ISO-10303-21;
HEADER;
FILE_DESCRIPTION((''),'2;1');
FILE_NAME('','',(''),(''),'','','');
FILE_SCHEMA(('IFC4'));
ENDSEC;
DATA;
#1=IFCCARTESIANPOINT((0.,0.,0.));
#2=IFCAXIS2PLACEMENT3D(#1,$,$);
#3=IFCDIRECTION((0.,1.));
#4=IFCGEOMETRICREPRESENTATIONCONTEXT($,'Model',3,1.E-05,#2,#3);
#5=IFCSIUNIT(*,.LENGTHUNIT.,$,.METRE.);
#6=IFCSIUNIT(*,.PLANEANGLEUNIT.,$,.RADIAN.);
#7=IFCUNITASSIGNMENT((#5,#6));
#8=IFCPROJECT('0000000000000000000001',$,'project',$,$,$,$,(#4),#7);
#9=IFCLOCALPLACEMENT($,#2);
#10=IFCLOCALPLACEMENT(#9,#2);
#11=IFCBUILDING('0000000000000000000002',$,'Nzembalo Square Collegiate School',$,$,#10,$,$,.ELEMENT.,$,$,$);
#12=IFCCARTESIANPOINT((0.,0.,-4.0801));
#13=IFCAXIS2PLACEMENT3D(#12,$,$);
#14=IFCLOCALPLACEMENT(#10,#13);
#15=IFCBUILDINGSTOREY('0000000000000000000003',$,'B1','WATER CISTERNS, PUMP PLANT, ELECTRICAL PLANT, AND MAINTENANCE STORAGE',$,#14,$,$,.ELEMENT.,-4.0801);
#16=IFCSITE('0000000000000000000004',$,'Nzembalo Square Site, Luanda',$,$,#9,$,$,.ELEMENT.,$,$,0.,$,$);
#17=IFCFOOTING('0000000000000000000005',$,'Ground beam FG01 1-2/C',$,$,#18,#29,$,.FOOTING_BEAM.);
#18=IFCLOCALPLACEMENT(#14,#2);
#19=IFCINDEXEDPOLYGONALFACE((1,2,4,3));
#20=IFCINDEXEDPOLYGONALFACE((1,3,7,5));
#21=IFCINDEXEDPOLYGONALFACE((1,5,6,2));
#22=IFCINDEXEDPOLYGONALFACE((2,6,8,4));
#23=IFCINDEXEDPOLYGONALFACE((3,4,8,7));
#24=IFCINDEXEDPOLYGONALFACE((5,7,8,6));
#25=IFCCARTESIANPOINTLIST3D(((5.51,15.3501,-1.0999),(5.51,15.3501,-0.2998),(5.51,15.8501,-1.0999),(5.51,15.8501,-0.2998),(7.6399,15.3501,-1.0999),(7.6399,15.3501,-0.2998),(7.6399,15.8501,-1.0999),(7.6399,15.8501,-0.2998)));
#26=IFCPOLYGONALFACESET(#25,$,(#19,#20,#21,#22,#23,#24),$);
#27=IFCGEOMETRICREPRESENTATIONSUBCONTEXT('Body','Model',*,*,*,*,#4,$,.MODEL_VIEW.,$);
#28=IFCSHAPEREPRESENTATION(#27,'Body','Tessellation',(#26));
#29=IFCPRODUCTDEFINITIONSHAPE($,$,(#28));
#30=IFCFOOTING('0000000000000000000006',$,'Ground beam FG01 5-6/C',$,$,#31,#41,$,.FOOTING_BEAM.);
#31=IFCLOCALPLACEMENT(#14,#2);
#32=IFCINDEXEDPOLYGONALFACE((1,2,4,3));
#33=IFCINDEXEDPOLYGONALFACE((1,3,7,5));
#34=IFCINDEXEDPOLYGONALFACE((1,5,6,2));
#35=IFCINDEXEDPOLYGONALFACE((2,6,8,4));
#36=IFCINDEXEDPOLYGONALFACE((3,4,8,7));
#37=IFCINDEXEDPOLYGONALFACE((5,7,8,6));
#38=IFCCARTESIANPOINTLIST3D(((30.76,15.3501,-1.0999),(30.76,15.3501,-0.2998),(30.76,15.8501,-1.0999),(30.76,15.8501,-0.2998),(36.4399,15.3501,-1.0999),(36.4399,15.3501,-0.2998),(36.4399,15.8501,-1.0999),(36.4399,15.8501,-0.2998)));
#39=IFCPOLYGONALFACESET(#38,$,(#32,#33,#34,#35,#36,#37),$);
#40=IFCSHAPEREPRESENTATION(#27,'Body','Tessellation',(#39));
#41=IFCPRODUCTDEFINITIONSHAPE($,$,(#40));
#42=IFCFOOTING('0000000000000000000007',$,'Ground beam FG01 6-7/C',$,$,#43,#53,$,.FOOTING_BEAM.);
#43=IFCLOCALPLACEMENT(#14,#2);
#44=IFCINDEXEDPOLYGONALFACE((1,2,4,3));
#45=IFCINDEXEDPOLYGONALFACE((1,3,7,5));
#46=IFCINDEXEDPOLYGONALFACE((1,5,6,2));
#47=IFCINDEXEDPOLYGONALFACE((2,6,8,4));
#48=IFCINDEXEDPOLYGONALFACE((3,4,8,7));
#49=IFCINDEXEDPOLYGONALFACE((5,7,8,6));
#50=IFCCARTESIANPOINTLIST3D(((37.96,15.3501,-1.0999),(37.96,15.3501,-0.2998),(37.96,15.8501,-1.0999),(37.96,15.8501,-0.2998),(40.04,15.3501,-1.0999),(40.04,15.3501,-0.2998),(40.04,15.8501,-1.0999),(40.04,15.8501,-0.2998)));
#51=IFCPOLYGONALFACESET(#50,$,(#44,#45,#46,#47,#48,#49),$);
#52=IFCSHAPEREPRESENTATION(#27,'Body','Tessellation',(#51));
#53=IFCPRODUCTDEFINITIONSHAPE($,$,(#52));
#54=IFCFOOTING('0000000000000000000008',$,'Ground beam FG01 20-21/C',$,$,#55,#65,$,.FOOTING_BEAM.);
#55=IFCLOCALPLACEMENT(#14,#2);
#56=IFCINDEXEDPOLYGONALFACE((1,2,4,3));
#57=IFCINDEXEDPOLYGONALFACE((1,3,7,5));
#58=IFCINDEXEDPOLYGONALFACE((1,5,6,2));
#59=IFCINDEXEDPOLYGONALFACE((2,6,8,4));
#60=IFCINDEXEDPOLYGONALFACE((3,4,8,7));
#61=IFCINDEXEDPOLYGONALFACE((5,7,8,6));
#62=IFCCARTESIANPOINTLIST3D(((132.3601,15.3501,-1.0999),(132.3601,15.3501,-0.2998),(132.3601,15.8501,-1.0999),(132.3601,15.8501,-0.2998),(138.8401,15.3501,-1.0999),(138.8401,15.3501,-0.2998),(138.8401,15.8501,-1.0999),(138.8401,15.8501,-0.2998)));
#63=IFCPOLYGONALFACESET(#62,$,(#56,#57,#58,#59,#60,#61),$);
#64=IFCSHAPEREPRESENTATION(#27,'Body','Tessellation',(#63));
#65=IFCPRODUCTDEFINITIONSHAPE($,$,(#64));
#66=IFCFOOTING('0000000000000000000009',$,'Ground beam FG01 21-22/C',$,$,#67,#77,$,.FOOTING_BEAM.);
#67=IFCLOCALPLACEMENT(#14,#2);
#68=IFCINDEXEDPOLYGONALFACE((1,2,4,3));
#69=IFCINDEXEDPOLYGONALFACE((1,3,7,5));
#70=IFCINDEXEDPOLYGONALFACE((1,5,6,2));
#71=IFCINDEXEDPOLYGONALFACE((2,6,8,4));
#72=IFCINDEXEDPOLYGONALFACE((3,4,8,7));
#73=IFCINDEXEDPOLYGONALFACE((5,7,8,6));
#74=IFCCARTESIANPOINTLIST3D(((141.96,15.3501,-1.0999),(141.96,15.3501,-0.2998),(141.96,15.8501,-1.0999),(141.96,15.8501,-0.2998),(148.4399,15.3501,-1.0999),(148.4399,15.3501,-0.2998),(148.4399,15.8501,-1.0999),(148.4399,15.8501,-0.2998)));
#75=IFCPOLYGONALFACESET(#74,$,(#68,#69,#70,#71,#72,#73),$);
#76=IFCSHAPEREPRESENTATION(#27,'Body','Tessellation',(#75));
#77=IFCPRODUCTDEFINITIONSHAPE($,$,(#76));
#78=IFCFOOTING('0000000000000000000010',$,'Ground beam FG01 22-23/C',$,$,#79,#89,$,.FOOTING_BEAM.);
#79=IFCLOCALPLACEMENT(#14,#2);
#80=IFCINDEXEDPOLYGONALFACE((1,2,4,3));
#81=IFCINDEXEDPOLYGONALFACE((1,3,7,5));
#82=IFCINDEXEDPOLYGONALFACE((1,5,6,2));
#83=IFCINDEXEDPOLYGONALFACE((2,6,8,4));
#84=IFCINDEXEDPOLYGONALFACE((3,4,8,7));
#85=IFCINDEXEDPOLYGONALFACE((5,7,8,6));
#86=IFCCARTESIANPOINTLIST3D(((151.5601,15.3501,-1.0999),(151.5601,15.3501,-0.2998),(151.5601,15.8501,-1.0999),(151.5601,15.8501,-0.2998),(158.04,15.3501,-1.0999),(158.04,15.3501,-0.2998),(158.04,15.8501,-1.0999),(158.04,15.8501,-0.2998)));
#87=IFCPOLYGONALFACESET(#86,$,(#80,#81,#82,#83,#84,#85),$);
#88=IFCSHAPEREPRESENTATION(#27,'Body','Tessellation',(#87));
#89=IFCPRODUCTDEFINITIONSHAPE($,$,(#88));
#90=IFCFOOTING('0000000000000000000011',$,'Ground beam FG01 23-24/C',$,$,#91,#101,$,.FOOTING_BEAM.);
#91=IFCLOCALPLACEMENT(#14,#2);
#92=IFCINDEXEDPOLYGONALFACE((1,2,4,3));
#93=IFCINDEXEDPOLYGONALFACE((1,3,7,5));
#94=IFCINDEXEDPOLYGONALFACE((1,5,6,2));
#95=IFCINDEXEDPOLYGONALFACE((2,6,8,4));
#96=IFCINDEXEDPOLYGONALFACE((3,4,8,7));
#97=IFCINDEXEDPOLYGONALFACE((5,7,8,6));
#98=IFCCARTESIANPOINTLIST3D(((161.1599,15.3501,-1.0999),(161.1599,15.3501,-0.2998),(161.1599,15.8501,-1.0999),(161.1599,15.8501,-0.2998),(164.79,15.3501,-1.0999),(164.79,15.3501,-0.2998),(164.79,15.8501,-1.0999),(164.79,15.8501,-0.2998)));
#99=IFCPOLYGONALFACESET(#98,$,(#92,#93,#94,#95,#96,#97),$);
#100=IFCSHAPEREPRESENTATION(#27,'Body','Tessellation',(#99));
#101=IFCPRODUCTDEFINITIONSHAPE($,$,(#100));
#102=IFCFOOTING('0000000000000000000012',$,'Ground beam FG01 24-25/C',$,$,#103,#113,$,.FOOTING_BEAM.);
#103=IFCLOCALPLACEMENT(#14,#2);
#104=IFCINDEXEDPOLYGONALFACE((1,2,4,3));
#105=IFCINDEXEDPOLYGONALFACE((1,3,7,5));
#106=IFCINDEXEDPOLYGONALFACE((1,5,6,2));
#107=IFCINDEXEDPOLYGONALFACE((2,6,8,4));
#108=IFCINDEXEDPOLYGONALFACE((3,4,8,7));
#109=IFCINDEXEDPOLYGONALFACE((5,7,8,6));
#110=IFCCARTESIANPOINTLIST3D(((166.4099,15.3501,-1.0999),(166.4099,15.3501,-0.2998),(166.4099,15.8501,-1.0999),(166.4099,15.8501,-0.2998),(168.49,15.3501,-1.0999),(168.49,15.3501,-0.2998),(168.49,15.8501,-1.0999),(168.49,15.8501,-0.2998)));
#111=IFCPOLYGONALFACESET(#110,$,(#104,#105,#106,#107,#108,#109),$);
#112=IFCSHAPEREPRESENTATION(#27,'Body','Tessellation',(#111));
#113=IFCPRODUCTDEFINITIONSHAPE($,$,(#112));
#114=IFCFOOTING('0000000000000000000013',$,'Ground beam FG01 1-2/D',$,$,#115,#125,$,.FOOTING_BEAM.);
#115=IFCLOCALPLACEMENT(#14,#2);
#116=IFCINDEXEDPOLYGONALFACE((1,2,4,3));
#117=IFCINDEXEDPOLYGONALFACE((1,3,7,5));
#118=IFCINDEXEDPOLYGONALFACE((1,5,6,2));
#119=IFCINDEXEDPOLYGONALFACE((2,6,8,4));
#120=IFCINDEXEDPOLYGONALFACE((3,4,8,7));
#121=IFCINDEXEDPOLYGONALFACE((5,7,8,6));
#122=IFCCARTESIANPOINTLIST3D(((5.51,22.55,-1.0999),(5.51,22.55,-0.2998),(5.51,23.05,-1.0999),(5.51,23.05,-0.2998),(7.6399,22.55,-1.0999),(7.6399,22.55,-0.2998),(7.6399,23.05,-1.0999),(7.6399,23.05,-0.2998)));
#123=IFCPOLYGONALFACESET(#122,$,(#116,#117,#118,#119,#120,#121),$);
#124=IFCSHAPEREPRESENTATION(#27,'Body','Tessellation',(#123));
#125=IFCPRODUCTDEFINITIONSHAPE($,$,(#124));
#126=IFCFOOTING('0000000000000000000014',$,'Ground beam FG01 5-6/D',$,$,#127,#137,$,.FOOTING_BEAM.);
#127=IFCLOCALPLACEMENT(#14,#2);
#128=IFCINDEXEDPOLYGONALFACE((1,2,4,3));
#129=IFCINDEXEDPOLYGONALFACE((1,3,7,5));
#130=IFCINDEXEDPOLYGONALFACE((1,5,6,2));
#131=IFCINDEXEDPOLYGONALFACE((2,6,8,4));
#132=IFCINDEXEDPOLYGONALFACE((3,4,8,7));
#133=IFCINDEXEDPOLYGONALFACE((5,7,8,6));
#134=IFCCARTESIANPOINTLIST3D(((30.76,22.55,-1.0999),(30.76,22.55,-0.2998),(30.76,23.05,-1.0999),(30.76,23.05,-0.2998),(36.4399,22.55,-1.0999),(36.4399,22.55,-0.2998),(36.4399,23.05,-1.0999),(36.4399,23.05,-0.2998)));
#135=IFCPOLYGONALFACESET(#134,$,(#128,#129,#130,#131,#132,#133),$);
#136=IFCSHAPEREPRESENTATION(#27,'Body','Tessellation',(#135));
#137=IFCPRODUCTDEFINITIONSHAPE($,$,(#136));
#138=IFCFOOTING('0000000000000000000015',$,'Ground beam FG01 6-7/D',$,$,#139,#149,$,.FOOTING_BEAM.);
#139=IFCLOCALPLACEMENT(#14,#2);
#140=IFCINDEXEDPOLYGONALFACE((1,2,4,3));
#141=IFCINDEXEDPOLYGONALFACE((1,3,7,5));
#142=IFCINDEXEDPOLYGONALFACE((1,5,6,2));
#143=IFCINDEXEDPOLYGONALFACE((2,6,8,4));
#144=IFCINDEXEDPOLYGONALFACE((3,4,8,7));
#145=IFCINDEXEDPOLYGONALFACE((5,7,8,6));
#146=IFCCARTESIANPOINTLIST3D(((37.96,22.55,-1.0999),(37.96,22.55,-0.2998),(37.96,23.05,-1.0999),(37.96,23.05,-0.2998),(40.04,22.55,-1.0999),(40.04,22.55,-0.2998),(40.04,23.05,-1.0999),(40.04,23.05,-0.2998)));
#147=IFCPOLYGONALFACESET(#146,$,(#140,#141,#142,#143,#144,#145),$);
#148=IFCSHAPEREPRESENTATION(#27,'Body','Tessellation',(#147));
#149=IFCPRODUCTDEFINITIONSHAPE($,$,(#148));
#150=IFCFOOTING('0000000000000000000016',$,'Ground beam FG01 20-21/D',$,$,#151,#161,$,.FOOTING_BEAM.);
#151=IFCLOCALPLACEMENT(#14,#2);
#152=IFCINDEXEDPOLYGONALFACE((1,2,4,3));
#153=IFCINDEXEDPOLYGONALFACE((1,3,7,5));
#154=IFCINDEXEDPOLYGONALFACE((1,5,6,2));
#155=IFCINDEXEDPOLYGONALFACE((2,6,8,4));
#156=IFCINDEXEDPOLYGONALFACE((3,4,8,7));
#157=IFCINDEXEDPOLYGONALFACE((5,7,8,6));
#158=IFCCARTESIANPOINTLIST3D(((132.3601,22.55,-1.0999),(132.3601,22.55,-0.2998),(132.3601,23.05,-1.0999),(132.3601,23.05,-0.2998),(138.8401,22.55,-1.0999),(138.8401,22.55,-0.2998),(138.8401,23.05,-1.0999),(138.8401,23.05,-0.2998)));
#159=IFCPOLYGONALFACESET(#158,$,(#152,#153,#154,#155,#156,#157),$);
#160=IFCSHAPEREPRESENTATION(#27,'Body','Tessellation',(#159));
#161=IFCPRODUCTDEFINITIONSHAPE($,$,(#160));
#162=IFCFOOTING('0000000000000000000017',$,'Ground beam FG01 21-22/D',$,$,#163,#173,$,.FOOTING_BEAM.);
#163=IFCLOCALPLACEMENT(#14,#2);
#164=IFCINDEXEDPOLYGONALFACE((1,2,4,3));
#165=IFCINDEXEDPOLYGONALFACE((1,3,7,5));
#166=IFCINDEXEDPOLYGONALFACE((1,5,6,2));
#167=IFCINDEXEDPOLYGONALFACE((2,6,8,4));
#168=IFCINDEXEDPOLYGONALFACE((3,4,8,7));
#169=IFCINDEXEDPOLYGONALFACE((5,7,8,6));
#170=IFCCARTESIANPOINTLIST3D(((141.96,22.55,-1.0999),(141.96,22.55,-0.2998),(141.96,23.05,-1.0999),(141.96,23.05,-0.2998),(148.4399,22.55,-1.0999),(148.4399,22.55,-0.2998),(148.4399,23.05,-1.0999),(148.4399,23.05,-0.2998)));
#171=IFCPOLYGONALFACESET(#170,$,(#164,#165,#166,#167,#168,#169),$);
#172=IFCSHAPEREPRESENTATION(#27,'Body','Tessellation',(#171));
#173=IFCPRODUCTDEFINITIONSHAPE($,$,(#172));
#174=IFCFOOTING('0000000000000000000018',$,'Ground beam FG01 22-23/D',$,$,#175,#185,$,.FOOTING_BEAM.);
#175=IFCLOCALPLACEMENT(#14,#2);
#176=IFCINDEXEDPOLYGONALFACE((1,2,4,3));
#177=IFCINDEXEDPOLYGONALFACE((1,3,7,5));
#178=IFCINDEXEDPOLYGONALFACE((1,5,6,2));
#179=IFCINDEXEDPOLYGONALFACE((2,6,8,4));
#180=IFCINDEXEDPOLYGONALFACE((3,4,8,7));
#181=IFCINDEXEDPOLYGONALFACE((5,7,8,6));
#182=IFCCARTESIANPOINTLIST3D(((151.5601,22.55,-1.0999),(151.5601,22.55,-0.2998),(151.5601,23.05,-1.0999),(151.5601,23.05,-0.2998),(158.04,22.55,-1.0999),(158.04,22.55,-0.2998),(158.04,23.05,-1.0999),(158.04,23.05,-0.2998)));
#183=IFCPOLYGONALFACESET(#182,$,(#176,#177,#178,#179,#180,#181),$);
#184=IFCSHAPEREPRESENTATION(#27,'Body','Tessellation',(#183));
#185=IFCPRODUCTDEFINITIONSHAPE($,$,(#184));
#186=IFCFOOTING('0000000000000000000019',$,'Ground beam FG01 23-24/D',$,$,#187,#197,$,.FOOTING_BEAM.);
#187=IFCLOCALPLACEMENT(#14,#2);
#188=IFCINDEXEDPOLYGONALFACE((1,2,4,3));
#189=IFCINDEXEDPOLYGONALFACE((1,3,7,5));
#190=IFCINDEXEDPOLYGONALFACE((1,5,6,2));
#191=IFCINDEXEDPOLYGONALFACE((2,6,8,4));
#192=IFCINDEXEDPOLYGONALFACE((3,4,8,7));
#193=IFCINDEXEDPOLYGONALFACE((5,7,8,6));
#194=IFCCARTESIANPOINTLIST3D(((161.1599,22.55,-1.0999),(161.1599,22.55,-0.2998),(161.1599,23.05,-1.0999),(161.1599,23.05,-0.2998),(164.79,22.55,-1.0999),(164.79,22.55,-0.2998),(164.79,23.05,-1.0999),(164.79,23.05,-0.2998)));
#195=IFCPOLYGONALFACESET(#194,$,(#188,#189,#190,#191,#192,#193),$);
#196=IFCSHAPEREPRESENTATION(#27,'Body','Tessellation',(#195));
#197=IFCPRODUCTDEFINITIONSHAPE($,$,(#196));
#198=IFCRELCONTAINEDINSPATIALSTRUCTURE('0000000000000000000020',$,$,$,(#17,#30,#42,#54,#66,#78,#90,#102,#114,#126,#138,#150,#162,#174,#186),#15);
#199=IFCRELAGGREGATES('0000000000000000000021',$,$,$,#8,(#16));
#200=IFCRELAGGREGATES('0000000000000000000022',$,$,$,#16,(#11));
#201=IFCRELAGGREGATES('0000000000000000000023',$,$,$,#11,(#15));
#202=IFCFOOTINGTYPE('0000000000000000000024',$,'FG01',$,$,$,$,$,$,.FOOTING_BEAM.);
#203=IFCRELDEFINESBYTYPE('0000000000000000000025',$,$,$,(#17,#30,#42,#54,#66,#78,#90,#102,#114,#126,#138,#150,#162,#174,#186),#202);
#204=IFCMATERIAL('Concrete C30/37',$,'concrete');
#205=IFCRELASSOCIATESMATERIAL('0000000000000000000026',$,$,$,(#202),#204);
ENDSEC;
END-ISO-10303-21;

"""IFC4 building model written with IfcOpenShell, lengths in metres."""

from ifc_helpers import new_model, si_unit, direction, frame, origin, place, context, subcontext, project, spatial, polyline, outline, extrude, material, type_object, element, save


model = new_model("IFC4")

# Units and contexts
model_context = context("Model", 3, precision=1e-05, world=origin(), true_north=direction((0.0, 1.0)))
body_context = subcontext(model_context, "Body", "Model", "MODEL_VIEW")
ifc_project = project(units=[si_unit("LENGTHUNIT", "METRE"), si_unit("PLANEANGLEUNIT", "RADIAN")], contexts=[model_context])

# Site, building, storey
site_placement = place(None, origin())
site = spatial("IfcSite", under=ifc_project, at=site_placement, Name="Nzembalo Square Site, Luanda", CompositionType="ELEMENT", RefElevation=0.0)
building_placement = place(site_placement, origin())
building = spatial("IfcBuilding", under=site, at=building_placement, Name="Nzembalo Square Collegiate School", CompositionType="ELEMENT")
storey_placement = place(building_placement, frame((0.0, 0.0, -4.0801)))
storey = spatial("IfcBuildingStorey", under=building, at=storey_placement, Name="B1", Description="WATER CISTERNS, PUMP PLANT, ELECTRICAL PLANT, AND MAINTENANCE STORAGE", CompositionType="ELEMENT", Elevation=-4.0801)

# Footings
ifc_material = material(Name="Concrete C30/37", Category="concrete")
footing_type = type_object("IfcFootingType", Name="FG01", PredefinedType="FOOTING_BEAM", material=ifc_material)
footing_1_placement = place(storey_placement, frame((0.0, 0.0, -1.0999)))
element("IfcFooting", 1, at=footing_1_placement, inside=storey, type_object=footing_type, Name="Ground beam FG01 1-2/C", PredefinedType="FOOTING_BEAM", context=body_context, shape_type="SweptSolid", body=[
    extrude(outline(polyline([(5.51, 15.3501), (7.6399, 15.3501), (7.6399, 15.8501), (5.51, 15.8501), (5.51, 15.3501)])), origin(), (0.0, 0.0, 1.0), 0.8),
])
footing_2_placement = place(storey_placement, frame((0.0, 0.0, -1.0999)))
element("IfcFooting", 2, at=footing_2_placement, inside=storey, type_object=footing_type, Name="Ground beam FG01 5-6/C", PredefinedType="FOOTING_BEAM", context=body_context, shape_type="SweptSolid", body=[
    extrude(outline(polyline([(30.76, 15.3501), (36.4399, 15.3501), (36.4399, 15.8501), (30.76, 15.8501), (30.76, 15.3501)])), origin(), (0.0, 0.0, 1.0), 0.8),
])
footing_3_placement = place(storey_placement, frame((0.0, 0.0, -1.0999)))
element("IfcFooting", 3, at=footing_3_placement, inside=storey, type_object=footing_type, Name="Ground beam FG01 6-7/C", PredefinedType="FOOTING_BEAM", context=body_context, shape_type="SweptSolid", body=[
    extrude(outline(polyline([(37.96, 15.3501), (40.04, 15.3501), (40.04, 15.8501), (37.96, 15.8501), (37.96, 15.3501)])), origin(), (0.0, 0.0, 1.0), 0.8),
])
footing_4_placement = place(storey_placement, frame((0.0, 0.0, -1.0999)))
element("IfcFooting", 4, at=footing_4_placement, inside=storey, type_object=footing_type, Name="Ground beam FG01 20-21/C", PredefinedType="FOOTING_BEAM", context=body_context, shape_type="SweptSolid", body=[
    extrude(outline(polyline([(132.3601, 15.3501), (138.8401, 15.3501), (138.8401, 15.8501), (132.3601, 15.8501), (132.3601, 15.3501)])), origin(), (0.0, 0.0, 1.0), 0.8),
])
footing_5_placement = place(storey_placement, frame((0.0, 0.0, -1.0999)))
element("IfcFooting", 5, at=footing_5_placement, inside=storey, type_object=footing_type, Name="Ground beam FG01 21-22/C", PredefinedType="FOOTING_BEAM", context=body_context, shape_type="SweptSolid", body=[
    extrude(outline(polyline([(141.96, 15.3501), (148.4399, 15.3501), (148.4399, 15.8501), (141.96, 15.8501), (141.96, 15.3501)])), origin(), (0.0, 0.0, 1.0), 0.8),
])
footing_6_placement = place(storey_placement, frame((0.0, 0.0, -1.0999)))
element("IfcFooting", 6, at=footing_6_placement, inside=storey, type_object=footing_type, Name="Ground beam FG01 22-23/C", PredefinedType="FOOTING_BEAM", context=body_context, shape_type="SweptSolid", body=[
    extrude(outline(polyline([(151.5601, 15.3501), (158.04, 15.3501), (158.04, 15.8501), (151.5601, 15.8501), (151.5601, 15.3501)])), origin(), (0.0, 0.0, 1.0), 0.8),
])
footing_7_placement = place(storey_placement, frame((0.0, 0.0, -1.0999)))
element("IfcFooting", 7, at=footing_7_placement, inside=storey, type_object=footing_type, Name="Ground beam FG01 23-24/C", PredefinedType="FOOTING_BEAM", context=body_context, shape_type="SweptSolid", body=[
    extrude(outline(polyline([(161.1599, 15.3501), (164.79, 15.3501), (164.79, 15.8501), (161.1599, 15.8501), (161.1599, 15.3501)])), origin(), (0.0, 0.0, 1.0), 0.8),
])
footing_8_placement = place(storey_placement, frame((0.0, 0.0, -1.0999)))
element("IfcFooting", 8, at=footing_8_placement, inside=storey, type_object=footing_type, Name="Ground beam FG01 24-25/C", PredefinedType="FOOTING_BEAM", context=body_context, shape_type="SweptSolid", body=[
    extrude(outline(polyline([(166.4099, 15.3501), (168.49, 15.3501), (168.49, 15.8501), (166.4099, 15.8501), (166.4099, 15.3501)])), origin(), (0.0, 0.0, 1.0), 0.8),
])
footing_9_placement = place(storey_placement, frame((0.0, 0.0, -1.0999)))
element("IfcFooting", 9, at=footing_9_placement, inside=storey, type_object=footing_type, Name="Ground beam FG01 1-2/D", PredefinedType="FOOTING_BEAM", context=body_context, shape_type="SweptSolid", body=[
    extrude(outline(polyline([(5.51, 22.55), (7.6399, 22.55), (7.6399, 23.05), (5.51, 23.05), (5.51, 22.55)])), origin(), (0.0, 0.0, 1.0), 0.8),
])
footing_10_placement = place(storey_placement, frame((0.0, 0.0, -1.0999)))
element("IfcFooting", 10, at=footing_10_placement, inside=storey, type_object=footing_type, Name="Ground beam FG01 5-6/D", PredefinedType="FOOTING_BEAM", context=body_context, shape_type="SweptSolid", body=[
    extrude(outline(polyline([(30.76, 22.55), (36.4399, 22.55), (36.4399, 23.05), (30.76, 23.05), (30.76, 22.55)])), origin(), (0.0, 0.0, 1.0), 0.8),
])
footing_11_placement = place(storey_placement, frame((0.0, 0.0, -1.0999)))
element("IfcFooting", 11, at=footing_11_placement, inside=storey, type_object=footing_type, Name="Ground beam FG01 6-7/D", PredefinedType="FOOTING_BEAM", context=body_context, shape_type="SweptSolid", body=[
    extrude(outline(polyline([(37.96, 22.55), (40.04, 22.55), (40.04, 23.05), (37.96, 23.05), (37.96, 22.55)])), origin(), (0.0, 0.0, 1.0), 0.8),
])
footing_12_placement = place(storey_placement, frame((0.0, 0.0, -1.0999)))
element("IfcFooting", 12, at=footing_12_placement, inside=storey, type_object=footing_type, Name="Ground beam FG01 20-21/D", PredefinedType="FOOTING_BEAM", context=body_context, shape_type="SweptSolid", body=[
    extrude(outline(polyline([(132.3601, 22.55), (138.8401, 22.55), (138.8401, 23.05), (132.3601, 23.05), (132.3601, 22.55)])), origin(), (0.0, 0.0, 1.0), 0.8),
])
footing_13_placement = place(storey_placement, frame((0.0, 0.0, -1.0999)))
element("IfcFooting", 13, at=footing_13_placement, inside=storey, type_object=footing_type, Name="Ground beam FG01 21-22/D", PredefinedType="FOOTING_BEAM", context=body_context, shape_type="SweptSolid", body=[
    extrude(outline(polyline([(141.96, 22.55), (148.4399, 22.55), (148.4399, 23.05), (141.96, 23.05), (141.96, 22.55)])), origin(), (0.0, 0.0, 1.0), 0.8),
])
footing_14_placement = place(storey_placement, frame((0.0, 0.0, -1.0999)))
element("IfcFooting", 14, at=footing_14_placement, inside=storey, type_object=footing_type, Name="Ground beam FG01 22-23/D", PredefinedType="FOOTING_BEAM", context=body_context, shape_type="SweptSolid", body=[
    extrude(outline(polyline([(151.5601, 22.55), (158.04, 22.55), (158.04, 23.05), (151.5601, 23.05), (151.5601, 22.55)])), origin(), (0.0, 0.0, 1.0), 0.8),
])
footing_15_placement = place(storey_placement, frame((0.0, 0.0, -1.0999)))
element("IfcFooting", 15, at=footing_15_placement, inside=storey, type_object=footing_type, Name="Ground beam FG01 23-24/D", PredefinedType="FOOTING_BEAM", context=body_context, shape_type="SweptSolid", body=[
    extrude(outline(polyline([(161.1599, 22.55), (164.79, 22.55), (164.79, 23.05), (161.1599, 23.05), (161.1599, 22.55)])), origin(), (0.0, 0.0, 1.0), 0.8),
])

save(model, "model.ifc")
